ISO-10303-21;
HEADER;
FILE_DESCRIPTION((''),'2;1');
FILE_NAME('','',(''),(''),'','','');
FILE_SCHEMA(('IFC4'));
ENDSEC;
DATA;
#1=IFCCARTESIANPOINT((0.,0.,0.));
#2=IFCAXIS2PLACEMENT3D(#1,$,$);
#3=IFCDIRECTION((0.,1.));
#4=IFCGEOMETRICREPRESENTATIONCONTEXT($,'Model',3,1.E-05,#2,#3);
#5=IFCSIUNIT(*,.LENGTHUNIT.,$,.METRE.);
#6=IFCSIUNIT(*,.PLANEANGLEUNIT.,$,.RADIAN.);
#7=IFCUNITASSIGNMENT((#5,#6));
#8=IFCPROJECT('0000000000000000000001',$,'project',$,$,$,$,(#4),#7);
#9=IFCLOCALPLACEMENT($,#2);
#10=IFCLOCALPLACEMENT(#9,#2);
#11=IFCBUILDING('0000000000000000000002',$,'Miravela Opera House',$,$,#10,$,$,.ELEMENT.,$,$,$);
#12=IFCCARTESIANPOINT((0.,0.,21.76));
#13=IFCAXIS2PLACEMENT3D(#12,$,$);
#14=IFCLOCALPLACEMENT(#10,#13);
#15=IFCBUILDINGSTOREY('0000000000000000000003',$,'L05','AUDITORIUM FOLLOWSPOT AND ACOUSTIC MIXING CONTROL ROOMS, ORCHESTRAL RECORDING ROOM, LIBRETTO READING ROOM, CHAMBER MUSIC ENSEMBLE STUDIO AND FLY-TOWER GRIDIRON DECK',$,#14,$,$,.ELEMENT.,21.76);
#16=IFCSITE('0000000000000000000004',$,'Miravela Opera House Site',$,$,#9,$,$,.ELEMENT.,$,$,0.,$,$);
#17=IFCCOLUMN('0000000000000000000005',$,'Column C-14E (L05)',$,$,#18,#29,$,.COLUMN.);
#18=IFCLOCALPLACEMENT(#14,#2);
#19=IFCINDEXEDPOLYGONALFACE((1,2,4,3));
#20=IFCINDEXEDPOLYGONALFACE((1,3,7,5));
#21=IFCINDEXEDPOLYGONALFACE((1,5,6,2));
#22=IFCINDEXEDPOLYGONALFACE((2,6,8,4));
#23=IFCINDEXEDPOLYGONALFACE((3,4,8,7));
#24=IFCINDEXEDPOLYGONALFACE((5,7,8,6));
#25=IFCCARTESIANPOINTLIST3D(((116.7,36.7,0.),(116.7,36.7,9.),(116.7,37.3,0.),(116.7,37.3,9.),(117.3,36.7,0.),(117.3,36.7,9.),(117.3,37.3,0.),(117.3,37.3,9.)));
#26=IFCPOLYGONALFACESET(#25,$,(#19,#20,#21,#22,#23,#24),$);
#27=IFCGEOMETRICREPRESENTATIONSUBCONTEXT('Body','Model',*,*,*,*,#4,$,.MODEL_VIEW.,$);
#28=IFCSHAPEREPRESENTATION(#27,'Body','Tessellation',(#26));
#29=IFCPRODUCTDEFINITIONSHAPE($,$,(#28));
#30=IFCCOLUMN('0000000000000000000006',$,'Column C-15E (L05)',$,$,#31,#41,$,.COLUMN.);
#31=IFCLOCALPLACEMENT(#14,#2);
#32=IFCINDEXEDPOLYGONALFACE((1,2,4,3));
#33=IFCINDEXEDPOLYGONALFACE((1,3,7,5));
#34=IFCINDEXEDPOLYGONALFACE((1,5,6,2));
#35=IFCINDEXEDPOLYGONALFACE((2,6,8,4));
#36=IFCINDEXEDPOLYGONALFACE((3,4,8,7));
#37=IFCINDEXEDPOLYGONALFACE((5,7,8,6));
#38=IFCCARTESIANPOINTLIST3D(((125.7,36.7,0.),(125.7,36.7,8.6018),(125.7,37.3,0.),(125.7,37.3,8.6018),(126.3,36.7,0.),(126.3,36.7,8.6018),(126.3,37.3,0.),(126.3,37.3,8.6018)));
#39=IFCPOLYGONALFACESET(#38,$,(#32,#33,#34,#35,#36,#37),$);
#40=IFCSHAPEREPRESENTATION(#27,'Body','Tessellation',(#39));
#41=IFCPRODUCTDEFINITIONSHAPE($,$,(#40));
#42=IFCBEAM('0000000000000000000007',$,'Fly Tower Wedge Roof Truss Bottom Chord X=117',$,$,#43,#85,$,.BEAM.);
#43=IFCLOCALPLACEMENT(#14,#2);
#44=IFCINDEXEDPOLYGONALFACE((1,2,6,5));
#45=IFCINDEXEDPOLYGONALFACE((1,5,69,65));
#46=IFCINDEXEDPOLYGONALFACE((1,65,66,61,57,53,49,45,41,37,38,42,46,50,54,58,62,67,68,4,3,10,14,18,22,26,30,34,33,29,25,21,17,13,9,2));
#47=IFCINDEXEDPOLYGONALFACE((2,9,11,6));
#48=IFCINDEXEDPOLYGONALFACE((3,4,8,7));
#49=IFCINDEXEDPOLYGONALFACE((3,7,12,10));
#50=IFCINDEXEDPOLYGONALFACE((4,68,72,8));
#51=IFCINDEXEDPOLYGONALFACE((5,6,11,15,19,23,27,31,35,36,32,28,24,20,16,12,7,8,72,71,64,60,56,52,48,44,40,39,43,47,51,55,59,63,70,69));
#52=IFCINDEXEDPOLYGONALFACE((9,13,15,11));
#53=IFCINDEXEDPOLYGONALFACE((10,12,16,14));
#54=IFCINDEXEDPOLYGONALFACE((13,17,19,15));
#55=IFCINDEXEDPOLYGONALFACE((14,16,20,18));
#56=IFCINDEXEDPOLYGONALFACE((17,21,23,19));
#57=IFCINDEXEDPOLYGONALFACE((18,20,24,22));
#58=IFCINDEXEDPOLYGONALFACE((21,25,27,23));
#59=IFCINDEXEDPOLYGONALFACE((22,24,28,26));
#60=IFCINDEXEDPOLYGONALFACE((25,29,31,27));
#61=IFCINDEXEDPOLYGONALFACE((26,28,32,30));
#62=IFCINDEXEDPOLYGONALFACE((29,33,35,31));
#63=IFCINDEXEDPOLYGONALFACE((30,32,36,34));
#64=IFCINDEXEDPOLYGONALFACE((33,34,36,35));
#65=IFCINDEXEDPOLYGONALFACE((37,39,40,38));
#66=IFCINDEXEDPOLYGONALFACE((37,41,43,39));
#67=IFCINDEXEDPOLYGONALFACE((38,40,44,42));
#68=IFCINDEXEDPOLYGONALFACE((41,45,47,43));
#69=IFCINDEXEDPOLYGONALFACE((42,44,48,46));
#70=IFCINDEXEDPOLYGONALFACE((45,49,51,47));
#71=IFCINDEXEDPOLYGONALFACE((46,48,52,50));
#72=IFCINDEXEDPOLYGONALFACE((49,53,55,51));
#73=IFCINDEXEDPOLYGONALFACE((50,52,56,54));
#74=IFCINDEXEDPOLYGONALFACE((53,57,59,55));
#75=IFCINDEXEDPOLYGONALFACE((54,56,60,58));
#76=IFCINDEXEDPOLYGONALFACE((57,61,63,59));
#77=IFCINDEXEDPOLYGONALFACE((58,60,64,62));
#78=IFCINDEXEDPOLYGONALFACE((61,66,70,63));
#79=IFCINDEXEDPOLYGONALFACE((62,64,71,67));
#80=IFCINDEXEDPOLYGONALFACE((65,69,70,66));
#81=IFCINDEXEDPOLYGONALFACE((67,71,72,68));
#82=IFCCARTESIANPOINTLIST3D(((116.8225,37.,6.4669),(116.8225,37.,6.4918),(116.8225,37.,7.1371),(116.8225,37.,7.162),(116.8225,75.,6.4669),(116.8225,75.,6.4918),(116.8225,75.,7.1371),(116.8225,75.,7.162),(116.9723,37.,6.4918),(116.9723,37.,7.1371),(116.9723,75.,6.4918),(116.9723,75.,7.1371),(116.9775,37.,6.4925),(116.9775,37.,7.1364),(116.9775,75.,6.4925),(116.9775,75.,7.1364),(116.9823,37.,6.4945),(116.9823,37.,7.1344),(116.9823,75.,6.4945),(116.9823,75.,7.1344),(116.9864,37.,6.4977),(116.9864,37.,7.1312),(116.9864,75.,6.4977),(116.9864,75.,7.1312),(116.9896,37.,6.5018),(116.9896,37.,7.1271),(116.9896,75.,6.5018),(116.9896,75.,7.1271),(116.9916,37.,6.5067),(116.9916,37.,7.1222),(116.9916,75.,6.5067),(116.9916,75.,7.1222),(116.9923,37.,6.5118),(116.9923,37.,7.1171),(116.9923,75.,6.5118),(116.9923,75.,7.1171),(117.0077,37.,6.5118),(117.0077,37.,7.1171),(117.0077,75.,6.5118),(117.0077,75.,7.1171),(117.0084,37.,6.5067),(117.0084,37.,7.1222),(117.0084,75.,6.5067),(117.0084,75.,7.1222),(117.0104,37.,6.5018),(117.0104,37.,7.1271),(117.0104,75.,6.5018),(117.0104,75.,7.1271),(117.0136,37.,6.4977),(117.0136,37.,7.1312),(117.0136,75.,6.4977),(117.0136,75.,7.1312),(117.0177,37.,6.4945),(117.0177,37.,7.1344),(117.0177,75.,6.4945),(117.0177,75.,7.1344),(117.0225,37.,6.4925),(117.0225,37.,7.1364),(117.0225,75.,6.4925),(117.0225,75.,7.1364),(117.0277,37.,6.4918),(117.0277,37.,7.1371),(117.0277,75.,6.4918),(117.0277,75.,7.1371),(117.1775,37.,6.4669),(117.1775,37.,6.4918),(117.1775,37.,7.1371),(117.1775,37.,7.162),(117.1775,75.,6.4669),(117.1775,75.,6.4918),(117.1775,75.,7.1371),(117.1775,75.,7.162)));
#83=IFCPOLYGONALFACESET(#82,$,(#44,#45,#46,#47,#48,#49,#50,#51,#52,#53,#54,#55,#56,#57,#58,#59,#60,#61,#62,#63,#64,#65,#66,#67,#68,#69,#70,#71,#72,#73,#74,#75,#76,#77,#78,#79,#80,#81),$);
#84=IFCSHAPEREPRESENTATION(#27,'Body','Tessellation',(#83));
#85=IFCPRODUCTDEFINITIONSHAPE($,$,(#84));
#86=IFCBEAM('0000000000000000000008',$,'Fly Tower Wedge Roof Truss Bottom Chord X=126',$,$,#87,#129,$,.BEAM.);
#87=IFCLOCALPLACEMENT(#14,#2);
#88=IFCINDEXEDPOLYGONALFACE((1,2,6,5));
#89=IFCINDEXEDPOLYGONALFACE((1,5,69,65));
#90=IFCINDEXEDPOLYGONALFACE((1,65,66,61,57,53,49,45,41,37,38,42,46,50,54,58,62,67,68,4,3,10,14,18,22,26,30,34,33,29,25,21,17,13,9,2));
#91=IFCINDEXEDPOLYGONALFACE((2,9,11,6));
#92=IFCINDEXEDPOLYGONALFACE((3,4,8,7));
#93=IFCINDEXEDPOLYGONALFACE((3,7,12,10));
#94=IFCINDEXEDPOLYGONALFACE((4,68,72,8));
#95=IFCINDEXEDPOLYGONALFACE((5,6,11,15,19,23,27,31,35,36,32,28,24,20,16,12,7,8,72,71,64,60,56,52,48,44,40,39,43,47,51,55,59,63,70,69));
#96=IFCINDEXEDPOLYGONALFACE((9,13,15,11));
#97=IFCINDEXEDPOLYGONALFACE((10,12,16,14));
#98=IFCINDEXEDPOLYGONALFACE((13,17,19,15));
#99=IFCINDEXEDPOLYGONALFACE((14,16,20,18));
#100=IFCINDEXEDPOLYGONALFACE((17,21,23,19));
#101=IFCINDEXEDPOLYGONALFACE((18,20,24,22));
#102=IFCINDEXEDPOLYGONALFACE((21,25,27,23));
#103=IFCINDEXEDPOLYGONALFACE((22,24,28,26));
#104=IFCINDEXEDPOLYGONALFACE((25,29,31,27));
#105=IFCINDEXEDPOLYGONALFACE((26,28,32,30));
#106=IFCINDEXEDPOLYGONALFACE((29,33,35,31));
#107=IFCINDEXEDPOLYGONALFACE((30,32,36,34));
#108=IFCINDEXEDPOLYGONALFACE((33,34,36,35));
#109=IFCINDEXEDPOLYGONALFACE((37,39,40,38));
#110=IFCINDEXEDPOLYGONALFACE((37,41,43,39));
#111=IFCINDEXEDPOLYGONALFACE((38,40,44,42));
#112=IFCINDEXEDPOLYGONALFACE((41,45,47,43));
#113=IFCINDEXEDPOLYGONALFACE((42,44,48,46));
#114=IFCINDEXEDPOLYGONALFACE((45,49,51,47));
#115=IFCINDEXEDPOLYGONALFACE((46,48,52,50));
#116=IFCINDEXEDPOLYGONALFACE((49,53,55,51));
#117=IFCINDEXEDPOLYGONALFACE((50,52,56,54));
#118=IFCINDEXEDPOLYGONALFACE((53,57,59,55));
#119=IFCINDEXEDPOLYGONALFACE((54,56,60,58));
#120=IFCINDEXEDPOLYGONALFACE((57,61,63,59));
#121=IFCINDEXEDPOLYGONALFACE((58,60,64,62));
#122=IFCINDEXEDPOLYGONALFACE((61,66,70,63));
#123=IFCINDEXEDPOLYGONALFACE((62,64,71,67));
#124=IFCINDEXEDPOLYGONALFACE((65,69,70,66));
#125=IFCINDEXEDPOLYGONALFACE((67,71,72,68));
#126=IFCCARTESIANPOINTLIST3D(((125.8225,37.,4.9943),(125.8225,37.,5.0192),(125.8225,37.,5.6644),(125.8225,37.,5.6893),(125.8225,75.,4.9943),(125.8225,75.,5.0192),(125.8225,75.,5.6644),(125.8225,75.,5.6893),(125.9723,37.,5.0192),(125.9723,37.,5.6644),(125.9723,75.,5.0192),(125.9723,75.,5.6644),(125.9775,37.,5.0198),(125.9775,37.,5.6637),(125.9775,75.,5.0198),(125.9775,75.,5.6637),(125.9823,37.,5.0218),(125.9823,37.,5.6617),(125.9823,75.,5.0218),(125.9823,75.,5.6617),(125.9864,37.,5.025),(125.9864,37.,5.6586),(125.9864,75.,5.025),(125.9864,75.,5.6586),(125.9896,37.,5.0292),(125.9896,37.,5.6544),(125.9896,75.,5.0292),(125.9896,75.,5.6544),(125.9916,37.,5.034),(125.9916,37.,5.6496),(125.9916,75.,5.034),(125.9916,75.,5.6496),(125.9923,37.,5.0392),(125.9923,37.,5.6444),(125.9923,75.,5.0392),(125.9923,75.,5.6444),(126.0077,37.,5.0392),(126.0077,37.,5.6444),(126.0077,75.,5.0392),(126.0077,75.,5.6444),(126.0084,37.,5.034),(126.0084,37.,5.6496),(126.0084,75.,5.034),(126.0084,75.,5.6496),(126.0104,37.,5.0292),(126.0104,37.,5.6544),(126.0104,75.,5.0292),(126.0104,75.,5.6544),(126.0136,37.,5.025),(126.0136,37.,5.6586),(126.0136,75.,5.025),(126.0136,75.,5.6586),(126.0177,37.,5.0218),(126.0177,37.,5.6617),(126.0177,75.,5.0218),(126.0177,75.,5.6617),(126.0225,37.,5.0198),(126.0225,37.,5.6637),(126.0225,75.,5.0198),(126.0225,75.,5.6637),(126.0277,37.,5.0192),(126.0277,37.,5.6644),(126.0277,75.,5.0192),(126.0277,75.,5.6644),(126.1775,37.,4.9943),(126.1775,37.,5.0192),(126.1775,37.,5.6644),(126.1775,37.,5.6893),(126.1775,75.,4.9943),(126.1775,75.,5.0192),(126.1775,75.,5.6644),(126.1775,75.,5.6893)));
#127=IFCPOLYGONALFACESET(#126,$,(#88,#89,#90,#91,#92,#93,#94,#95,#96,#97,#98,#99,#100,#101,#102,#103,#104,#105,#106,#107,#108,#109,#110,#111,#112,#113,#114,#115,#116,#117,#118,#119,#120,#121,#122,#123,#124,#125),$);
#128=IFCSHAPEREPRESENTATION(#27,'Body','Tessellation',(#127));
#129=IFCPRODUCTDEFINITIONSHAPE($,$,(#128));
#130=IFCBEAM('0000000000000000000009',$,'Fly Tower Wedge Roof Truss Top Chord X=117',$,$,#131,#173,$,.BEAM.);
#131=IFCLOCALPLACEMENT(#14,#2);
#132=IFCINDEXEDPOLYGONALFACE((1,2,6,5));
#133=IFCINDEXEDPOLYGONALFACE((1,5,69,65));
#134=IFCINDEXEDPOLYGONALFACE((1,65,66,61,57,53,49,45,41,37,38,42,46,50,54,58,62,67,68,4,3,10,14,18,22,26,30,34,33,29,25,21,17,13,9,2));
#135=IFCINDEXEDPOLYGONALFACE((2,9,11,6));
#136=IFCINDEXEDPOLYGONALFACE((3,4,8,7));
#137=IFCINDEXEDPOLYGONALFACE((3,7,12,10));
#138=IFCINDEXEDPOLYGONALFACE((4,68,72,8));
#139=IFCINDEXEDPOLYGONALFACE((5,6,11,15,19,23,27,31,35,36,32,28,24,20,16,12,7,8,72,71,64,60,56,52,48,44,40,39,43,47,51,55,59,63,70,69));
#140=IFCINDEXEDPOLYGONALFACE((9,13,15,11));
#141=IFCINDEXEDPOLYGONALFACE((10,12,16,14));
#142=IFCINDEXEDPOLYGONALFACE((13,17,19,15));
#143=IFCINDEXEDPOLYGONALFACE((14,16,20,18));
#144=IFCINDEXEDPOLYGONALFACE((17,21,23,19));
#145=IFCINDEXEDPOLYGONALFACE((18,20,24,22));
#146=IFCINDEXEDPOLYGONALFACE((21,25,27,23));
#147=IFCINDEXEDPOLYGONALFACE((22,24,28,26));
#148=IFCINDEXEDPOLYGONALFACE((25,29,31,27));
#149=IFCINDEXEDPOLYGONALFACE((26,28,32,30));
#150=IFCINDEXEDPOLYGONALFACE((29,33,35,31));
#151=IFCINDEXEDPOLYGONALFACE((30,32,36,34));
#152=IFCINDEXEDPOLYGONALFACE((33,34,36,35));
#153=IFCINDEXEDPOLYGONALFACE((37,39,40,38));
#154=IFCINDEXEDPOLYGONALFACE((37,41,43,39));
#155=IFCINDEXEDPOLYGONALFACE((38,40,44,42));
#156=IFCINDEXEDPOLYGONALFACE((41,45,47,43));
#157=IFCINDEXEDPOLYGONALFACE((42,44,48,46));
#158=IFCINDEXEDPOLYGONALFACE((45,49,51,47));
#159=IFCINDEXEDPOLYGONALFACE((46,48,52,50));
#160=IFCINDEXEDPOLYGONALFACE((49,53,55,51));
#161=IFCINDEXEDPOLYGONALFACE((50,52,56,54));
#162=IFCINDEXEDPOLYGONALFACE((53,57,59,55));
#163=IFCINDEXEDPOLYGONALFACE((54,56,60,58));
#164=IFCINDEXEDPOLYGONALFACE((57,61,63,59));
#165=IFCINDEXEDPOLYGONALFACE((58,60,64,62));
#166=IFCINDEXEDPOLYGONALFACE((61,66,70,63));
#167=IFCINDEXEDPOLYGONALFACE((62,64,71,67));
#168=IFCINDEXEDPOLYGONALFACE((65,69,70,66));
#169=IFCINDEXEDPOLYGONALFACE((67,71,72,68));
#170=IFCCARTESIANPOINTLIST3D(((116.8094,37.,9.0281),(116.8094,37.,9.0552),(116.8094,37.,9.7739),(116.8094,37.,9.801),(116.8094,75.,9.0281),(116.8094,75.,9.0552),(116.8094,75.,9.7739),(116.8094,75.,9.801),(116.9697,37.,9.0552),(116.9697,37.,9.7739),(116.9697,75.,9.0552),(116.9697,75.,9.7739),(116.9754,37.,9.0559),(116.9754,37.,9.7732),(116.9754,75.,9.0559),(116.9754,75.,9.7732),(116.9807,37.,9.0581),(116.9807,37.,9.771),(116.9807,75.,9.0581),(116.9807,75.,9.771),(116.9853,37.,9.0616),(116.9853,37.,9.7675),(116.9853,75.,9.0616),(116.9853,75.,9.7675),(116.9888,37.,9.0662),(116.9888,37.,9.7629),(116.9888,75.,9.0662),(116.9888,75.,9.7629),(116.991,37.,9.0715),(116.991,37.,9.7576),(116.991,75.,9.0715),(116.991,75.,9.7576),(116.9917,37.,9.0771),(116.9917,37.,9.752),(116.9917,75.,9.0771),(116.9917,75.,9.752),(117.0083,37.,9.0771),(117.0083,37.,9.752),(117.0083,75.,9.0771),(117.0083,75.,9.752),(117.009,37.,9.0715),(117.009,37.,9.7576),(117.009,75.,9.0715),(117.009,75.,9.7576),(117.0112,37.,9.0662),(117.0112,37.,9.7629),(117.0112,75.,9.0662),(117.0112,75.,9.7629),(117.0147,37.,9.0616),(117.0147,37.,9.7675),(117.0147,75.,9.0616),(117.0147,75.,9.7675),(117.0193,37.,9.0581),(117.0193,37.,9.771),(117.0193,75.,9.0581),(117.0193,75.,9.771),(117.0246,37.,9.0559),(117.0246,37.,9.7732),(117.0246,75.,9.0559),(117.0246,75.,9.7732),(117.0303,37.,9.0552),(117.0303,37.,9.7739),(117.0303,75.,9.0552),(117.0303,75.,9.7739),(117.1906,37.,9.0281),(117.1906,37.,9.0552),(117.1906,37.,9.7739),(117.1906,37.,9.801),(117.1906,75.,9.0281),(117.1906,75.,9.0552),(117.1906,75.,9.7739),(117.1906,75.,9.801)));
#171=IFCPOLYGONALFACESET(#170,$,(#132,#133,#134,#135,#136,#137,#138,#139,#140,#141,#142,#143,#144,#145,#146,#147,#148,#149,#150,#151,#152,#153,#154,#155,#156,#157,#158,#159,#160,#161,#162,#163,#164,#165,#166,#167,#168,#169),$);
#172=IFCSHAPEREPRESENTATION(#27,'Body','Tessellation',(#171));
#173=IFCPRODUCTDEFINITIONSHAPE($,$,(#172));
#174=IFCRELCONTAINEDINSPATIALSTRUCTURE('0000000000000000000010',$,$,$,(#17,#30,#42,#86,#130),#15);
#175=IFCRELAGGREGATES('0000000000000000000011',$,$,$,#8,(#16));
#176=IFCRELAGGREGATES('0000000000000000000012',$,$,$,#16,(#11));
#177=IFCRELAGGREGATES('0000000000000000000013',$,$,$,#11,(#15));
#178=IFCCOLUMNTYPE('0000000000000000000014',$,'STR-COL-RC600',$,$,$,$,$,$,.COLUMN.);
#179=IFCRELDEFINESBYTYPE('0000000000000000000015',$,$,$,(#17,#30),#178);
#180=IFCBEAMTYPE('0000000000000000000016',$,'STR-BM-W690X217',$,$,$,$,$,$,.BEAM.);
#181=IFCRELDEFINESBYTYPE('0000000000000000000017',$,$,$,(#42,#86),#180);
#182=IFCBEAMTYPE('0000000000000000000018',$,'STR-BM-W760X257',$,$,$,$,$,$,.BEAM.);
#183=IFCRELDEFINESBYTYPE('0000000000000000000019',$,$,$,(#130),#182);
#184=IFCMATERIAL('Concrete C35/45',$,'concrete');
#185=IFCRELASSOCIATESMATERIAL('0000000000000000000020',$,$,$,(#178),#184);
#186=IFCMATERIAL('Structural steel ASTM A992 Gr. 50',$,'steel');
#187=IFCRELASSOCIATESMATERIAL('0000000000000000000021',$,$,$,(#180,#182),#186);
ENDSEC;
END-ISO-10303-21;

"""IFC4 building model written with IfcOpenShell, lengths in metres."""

from ifc_helpers import new_model, si_unit, direction, frame, origin, origin_2d, place, context, subcontext, project, spatial, rectangle, i_section, extrude, material, material_profile, profile_set, type_object, element, save


model = new_model("IFC4")

# Units and contexts
model_context = context("Model", 3, precision=1e-05, world=origin(), true_north=direction((0.0, 1.0)))
body_context = subcontext(model_context, "Body", "Model", "MODEL_VIEW")
ifc_project = project(units=[si_unit("LENGTHUNIT", "METRE"), si_unit("PLANEANGLEUNIT", "RADIAN")], contexts=[model_context])

# Site, building, storey
site_placement = place(None, origin())
site = spatial("IfcSite", under=ifc_project, at=site_placement, Name="Miravela Opera House Site", CompositionType="ELEMENT", RefElevation=0.0)
building_placement = place(site_placement, origin())
building = spatial("IfcBuilding", under=site, at=building_placement, Name="Miravela Opera House", CompositionType="ELEMENT")
storey_placement = place(building_placement, frame((0.0, 0.0, 21.76)))
storey = spatial("IfcBuildingStorey", under=building, at=storey_placement, Name="L05", Description="AUDITORIUM FOLLOWSPOT AND ACOUSTIC MIXING CONTROL ROOMS, ORCHESTRAL RECORDING ROOM, LIBRETTO READING ROOM, CHAMBER MUSIC ENSEMBLE STUDIO AND FLY-TOWER GRIDIRON DECK", CompositionType="ELEMENT", Elevation=21.76)

# Columns
ifc_material_1 = material(Name="Concrete C35/45", Category="concrete")
ifc_material_profile_1 = material_profile(ifc_material_1, rectangle(XDim=0.6001, YDim=0.6001, at=origin_2d()), Name="RC-COL-600X600")
ifc_profile_set_1 = profile_set([ifc_material_profile_1])
column_type = type_object("IfcColumnType", Name="STR-COL-RC600", PredefinedType="COLUMN", material=ifc_profile_set_1)
column_1_placement = place(storey_placement, frame((117.0, 37.0, 0.0), z_axis=(0.0, 0.0, 1.0), x_axis=(1.0, 0.0, 0.0)))
element("IfcColumn", 1, at=column_1_placement, inside=storey, type_object=column_type, Name="Column C-14E (L05)", PredefinedType="COLUMN", context=body_context, shape_type="SweptSolid", body=[
    extrude(rectangle(XDim=0.6001, YDim=0.6001, at=origin_2d()), origin(), (0.0, 0.0, 1.0), 9.0),
])
column_2_placement = place(storey_placement, frame((126.0, 37.0, 0.0), z_axis=(0.0, 0.0, 1.0), x_axis=(1.0, 0.0, 0.0)))
element("IfcColumn", 2, at=column_2_placement, inside=storey, type_object=column_type, Name="Column C-15E (L05)", PredefinedType="COLUMN", context=body_context, shape_type="SweptSolid", body=[
    extrude(rectangle(XDim=0.6001, YDim=0.6001, at=origin_2d()), origin(), (0.0, 0.0, 1.0), 8.6018),
])

# Beams
ifc_material_2 = material(Name="Structural steel ASTM A992 Gr. 50", Category="steel")
ifc_material_profile_2 = material_profile(ifc_material_2, i_section(OverallWidth=0.355, OverallDepth=0.6951, WebThickness=0.0154, FlangeThickness=0.0249, FilletRadius=0.02, at=origin_2d()), Name="W690X217")
ifc_profile_set_2 = profile_set([ifc_material_profile_2])
beam_type_1 = type_object("IfcBeamType", Name="STR-BM-W690X217", PredefinedType="BEAM", material=ifc_profile_set_2)
for number, where, z_axis, x_axis, name in (
    (3, (117.0, 37.0, 6.8145), (0.0, 1.0, 0.0), (-1.0, 0.0, 0.0), "Fly Tower Wedge Roof Truss Bottom Chord X=117"),
    (4, (126.0, 37.0, 5.3418), (0.0, 1.0, 0.0), (-1.0, 0.0, 0.0), "Fly Tower Wedge Roof Truss Bottom Chord X=126"),
):
    element("IfcBeam", number, at=place(storey_placement, frame(where, z_axis=z_axis, x_axis=x_axis)), inside=storey, type_object=beam_type_1, Name=name, PredefinedType="BEAM", context=body_context, shape_type="SweptSolid", body=[
        extrude(i_section(OverallWidth=0.355, OverallDepth=0.6951, WebThickness=0.0154, FlangeThickness=0.0249, FilletRadius=0.02, at=origin_2d()), origin(), (0.0, 0.0, 1.0), 38.0),
    ])
ifc_material_profile_3 = material_profile(ifc_material_2, i_section(OverallWidth=0.3811, OverallDepth=0.7729, WebThickness=0.0166, FlangeThickness=0.0271, FilletRadius=0.022, at=origin_2d()), Name="W760X257")
ifc_profile_set_3 = profile_set([ifc_material_profile_3])
beam_type_2 = type_object("IfcBeamType", Name="STR-BM-W760X257", PredefinedType="BEAM", material=ifc_profile_set_3)
for number, where, z_axis, x_axis, name in (
    (5, (117.0, 37.0, 9.4146), (0.0, 1.0, 0.0), (-1.0, 0.0, 0.0), "Fly Tower Wedge Roof Truss Top Chord X=117"),
):
    element("IfcBeam", number, at=place(storey_placement, frame(where, z_axis=z_axis, x_axis=x_axis)), inside=storey, type_object=beam_type_2, Name=name, PredefinedType="BEAM", context=body_context, shape_type="SweptSolid", body=[
        extrude(i_section(OverallWidth=0.3811, OverallDepth=0.7729, WebThickness=0.0166, FlangeThickness=0.0271, FilletRadius=0.022, at=origin_2d()), origin(), (0.0, 0.0, 1.0), 38.0),
    ])

save(model, "model.ifc")
